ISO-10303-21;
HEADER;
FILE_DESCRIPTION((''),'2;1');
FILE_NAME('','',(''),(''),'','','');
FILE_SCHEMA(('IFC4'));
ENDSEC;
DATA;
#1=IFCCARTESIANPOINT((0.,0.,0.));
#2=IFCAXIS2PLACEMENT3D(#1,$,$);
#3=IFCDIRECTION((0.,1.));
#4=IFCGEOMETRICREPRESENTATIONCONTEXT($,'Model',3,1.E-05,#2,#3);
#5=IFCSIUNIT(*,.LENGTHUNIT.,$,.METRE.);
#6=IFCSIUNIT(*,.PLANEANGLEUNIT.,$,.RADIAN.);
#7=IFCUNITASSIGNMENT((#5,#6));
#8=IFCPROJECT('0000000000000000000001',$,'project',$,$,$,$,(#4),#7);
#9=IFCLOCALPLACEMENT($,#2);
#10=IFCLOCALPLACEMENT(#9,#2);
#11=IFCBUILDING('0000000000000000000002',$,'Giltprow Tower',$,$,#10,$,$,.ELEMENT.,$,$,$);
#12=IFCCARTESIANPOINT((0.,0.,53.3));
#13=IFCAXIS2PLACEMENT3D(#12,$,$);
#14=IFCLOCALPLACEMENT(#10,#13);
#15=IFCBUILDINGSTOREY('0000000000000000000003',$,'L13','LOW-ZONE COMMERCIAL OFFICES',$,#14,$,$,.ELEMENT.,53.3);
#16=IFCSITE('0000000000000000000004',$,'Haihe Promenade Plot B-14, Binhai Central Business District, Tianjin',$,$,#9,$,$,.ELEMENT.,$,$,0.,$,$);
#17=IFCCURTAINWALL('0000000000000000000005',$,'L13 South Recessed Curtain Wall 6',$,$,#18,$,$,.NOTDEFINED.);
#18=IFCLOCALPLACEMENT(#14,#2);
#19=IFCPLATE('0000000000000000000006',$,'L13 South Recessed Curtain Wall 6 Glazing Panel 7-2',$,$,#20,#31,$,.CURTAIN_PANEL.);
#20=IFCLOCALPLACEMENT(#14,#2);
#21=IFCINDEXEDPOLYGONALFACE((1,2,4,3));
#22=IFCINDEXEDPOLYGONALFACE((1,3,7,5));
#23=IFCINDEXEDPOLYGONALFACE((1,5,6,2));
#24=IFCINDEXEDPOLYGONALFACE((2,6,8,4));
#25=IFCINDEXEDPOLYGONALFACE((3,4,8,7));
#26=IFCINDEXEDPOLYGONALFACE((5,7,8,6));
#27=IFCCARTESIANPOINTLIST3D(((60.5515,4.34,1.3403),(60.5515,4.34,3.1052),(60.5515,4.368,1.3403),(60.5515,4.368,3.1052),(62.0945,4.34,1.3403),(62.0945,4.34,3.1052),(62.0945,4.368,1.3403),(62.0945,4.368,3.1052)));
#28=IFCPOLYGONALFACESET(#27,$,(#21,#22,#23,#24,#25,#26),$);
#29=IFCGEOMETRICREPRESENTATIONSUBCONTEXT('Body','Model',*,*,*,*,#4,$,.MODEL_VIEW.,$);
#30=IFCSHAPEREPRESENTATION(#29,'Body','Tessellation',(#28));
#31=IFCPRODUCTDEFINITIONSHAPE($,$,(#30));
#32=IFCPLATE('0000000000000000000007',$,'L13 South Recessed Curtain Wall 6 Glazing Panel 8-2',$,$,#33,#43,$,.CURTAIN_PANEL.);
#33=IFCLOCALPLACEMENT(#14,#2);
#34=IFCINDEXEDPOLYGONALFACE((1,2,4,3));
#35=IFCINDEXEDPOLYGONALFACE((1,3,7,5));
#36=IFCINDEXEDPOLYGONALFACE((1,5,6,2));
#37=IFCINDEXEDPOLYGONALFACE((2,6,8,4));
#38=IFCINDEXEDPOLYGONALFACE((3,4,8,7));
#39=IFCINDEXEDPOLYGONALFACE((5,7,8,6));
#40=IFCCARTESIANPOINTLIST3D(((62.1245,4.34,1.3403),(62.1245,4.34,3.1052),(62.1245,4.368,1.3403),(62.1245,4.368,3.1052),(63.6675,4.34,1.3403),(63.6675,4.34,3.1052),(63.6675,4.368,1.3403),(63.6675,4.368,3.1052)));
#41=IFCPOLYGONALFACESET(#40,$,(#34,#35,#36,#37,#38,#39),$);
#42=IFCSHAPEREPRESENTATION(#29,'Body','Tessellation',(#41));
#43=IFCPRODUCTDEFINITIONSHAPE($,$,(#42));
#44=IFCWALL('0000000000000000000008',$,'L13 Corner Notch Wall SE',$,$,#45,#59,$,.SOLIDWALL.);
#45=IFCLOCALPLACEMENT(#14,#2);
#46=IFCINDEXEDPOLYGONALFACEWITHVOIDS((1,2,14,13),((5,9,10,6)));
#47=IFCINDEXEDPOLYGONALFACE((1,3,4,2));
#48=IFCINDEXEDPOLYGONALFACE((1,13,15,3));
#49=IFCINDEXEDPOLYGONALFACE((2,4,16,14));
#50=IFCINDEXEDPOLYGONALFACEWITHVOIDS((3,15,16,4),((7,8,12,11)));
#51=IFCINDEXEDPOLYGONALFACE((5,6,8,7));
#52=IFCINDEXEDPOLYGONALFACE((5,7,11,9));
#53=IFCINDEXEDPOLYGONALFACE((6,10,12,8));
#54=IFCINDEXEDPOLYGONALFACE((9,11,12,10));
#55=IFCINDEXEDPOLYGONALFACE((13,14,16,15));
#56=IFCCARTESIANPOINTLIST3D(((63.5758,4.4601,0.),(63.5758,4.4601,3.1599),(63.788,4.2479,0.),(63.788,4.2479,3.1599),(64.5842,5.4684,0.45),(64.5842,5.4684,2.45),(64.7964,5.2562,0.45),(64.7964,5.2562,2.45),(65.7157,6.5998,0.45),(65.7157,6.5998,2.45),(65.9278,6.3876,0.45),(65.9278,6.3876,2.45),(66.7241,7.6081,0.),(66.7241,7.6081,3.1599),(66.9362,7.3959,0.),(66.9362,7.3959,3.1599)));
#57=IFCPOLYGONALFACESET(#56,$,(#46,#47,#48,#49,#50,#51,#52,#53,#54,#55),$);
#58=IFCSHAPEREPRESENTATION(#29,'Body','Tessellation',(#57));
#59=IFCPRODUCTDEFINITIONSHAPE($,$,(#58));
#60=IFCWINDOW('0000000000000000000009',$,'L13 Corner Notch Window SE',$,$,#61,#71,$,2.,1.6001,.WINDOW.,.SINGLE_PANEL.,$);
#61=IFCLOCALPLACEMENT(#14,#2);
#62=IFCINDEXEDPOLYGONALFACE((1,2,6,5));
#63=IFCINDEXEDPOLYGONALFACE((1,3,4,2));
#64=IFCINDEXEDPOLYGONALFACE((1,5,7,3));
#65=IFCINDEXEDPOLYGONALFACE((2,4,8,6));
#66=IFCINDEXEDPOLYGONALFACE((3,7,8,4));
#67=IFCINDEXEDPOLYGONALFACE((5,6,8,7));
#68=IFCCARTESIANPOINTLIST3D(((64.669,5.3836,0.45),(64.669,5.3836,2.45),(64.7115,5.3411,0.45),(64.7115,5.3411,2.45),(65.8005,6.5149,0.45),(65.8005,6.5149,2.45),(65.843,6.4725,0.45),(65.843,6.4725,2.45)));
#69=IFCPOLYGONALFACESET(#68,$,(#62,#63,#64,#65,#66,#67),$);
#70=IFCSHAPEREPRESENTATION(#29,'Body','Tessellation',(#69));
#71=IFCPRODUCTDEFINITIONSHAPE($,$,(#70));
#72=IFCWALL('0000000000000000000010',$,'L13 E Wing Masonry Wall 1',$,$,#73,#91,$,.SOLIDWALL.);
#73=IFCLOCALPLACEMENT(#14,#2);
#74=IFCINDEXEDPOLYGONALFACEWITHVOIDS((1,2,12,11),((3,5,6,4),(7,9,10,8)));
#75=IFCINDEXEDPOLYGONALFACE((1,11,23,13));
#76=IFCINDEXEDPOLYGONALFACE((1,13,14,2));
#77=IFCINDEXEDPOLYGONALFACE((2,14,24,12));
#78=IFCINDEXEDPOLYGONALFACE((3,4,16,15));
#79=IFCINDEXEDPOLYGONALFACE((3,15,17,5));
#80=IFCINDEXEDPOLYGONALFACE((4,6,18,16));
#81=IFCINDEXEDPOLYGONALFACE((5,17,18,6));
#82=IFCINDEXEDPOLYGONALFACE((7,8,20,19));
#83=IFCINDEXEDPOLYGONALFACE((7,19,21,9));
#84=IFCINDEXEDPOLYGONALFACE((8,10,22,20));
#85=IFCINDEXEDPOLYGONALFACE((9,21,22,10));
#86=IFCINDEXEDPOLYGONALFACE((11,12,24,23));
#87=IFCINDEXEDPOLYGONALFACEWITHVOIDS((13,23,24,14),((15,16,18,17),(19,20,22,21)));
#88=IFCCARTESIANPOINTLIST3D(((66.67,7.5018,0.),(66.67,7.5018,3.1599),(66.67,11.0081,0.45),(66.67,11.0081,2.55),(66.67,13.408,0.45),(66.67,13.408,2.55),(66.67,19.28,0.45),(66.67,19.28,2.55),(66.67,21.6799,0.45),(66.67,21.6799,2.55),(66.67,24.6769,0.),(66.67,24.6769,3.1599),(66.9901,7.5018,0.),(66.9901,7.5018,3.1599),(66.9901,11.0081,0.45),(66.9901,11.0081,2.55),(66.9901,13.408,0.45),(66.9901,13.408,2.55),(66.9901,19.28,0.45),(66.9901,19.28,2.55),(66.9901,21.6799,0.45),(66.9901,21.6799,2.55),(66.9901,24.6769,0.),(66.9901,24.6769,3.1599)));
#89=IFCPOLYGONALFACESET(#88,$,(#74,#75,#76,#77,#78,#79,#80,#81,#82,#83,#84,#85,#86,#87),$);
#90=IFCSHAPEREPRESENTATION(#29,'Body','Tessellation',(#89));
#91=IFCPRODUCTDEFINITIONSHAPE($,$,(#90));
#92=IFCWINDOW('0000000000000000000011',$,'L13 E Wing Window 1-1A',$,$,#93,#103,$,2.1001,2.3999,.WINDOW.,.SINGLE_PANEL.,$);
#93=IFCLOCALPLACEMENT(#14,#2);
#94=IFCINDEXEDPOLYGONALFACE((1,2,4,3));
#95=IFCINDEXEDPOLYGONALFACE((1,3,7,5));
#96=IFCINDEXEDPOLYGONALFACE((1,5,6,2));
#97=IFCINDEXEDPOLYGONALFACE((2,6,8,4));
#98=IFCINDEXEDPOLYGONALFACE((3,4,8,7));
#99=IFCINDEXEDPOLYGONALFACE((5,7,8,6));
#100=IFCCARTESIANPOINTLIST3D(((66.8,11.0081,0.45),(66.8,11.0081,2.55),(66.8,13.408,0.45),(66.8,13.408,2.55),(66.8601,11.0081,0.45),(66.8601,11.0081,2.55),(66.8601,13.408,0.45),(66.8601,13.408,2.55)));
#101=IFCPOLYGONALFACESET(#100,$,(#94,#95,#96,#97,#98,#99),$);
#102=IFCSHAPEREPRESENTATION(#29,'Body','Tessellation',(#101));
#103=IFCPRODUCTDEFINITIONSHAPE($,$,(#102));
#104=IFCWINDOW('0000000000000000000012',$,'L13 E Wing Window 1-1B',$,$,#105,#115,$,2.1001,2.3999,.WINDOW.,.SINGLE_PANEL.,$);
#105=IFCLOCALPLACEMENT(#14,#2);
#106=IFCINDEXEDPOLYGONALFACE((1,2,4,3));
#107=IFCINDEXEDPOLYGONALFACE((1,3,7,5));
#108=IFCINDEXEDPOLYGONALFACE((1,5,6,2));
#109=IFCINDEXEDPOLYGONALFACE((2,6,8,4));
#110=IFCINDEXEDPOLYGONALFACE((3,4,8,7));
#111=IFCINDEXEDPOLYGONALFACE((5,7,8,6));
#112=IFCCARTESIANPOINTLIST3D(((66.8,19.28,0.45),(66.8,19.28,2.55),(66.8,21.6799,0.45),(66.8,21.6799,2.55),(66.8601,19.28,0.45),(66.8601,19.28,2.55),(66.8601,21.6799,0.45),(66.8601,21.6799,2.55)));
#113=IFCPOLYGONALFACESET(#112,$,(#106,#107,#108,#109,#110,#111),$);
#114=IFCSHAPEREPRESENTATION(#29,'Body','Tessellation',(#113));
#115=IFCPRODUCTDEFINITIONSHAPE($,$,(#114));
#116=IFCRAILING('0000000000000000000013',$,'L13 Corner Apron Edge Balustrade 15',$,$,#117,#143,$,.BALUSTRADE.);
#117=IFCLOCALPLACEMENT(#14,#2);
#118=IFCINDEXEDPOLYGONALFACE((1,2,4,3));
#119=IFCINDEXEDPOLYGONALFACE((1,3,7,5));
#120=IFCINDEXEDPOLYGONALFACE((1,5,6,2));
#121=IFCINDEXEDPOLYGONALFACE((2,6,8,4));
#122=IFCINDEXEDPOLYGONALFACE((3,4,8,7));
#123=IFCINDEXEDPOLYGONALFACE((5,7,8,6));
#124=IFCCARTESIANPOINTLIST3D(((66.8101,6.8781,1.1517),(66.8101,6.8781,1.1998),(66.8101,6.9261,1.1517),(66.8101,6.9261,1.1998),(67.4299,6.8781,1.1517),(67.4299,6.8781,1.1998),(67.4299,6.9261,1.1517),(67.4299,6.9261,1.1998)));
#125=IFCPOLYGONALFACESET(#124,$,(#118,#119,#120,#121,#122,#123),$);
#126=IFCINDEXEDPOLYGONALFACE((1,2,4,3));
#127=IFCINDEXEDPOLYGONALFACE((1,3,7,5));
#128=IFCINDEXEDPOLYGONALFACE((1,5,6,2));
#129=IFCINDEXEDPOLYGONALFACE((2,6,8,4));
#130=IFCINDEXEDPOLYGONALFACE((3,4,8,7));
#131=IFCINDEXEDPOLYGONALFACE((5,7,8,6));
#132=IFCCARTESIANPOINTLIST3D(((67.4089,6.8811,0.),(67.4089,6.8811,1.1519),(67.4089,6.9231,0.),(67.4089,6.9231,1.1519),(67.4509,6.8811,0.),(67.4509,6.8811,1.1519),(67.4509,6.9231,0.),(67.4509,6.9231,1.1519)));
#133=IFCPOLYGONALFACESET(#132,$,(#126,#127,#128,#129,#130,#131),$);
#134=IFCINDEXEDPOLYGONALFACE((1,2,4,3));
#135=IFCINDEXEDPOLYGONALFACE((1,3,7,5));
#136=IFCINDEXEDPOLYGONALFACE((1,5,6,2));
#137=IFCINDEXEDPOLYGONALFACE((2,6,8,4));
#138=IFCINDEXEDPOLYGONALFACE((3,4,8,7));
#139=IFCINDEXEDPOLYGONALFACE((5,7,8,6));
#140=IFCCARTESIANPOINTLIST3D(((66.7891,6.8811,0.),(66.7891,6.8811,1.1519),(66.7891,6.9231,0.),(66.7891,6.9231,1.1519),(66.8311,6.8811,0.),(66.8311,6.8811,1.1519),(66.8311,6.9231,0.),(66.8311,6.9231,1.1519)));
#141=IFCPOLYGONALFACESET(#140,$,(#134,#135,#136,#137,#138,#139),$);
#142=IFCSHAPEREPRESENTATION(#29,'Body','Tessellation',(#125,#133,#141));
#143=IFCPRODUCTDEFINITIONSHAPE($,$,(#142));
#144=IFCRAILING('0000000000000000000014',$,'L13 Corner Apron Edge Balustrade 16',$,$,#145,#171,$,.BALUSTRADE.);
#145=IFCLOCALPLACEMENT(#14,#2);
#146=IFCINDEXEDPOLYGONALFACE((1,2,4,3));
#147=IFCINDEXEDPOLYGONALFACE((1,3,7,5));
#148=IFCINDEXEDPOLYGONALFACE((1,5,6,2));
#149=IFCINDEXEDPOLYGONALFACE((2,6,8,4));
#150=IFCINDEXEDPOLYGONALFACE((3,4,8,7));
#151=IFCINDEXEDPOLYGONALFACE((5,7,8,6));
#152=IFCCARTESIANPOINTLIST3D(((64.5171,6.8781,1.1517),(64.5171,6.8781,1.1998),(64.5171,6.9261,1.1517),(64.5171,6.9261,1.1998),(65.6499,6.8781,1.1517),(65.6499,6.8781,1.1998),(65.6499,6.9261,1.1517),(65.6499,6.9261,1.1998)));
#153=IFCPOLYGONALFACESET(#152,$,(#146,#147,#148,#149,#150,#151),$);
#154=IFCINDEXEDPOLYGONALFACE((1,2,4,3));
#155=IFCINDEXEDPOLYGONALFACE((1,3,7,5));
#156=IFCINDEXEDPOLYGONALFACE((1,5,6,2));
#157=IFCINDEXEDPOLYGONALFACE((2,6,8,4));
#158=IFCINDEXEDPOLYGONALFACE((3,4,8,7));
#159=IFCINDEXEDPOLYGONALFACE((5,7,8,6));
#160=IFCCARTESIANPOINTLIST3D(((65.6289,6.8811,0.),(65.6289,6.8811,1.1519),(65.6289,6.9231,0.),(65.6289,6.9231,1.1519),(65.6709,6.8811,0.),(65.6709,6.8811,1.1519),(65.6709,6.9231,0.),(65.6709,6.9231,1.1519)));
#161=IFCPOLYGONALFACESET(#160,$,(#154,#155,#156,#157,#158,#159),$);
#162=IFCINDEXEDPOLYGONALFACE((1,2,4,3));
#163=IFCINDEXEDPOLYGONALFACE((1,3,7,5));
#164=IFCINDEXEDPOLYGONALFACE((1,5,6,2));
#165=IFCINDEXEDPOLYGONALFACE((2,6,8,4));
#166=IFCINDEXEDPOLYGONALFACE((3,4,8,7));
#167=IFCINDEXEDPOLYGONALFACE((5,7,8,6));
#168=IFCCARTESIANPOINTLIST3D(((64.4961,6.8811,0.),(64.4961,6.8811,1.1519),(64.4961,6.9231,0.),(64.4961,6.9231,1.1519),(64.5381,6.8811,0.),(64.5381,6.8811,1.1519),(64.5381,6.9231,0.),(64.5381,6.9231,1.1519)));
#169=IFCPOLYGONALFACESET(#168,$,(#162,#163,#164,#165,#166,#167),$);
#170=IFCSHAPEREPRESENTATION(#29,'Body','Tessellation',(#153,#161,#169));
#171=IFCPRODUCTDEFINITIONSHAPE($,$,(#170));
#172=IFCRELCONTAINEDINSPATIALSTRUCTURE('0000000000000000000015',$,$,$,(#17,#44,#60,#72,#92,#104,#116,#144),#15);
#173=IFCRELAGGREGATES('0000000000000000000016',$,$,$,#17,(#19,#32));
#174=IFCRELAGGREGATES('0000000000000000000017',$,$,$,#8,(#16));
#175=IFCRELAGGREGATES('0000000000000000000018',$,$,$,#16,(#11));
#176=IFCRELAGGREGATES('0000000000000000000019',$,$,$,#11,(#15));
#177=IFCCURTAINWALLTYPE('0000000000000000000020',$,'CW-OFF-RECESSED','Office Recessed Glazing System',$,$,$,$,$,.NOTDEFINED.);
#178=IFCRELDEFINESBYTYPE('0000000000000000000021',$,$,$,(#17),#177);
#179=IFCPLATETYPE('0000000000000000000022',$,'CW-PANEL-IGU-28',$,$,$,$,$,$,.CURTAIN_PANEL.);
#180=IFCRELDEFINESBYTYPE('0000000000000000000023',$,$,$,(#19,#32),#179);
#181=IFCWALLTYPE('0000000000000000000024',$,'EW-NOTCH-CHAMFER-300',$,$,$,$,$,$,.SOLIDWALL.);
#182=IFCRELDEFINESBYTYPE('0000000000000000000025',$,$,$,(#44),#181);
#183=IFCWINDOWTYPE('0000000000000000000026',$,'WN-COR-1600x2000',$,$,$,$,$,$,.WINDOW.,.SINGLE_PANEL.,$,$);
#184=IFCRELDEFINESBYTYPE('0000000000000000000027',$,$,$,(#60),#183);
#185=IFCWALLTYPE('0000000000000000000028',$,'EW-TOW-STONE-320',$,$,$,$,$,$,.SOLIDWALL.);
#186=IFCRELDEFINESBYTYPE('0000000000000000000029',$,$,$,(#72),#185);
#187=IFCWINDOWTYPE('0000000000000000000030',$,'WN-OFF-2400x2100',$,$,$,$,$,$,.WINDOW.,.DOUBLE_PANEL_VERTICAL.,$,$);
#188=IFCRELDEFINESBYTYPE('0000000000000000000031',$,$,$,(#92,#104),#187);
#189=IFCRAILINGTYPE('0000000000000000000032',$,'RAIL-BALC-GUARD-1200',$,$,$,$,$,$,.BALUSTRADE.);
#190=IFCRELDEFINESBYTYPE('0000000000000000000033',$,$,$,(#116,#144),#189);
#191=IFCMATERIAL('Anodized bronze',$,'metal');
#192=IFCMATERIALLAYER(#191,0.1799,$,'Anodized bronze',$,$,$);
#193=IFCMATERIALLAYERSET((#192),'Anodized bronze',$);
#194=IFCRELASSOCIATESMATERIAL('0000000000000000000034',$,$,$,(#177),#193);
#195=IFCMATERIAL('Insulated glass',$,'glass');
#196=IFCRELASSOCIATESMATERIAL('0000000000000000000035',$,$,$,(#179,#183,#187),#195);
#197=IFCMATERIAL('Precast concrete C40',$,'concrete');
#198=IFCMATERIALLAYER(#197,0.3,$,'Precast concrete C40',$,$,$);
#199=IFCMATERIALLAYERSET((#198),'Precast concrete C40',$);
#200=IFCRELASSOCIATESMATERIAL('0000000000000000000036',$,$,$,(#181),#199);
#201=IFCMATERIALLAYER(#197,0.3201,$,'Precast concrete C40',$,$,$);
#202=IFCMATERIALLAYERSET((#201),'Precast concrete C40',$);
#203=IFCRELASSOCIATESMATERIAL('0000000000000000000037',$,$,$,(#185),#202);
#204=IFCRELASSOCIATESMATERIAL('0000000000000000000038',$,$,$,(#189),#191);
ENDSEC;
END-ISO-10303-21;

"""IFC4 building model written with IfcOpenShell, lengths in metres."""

from ifc_helpers import new_model, si_unit, direction, frame, frame_2d, origin, origin_2d, place, context, subcontext, project, spatial, rectangle, extrude, source, transform, mapped, material, layer, layer_set, type_object, element, fill, aggregate, save


model = new_model("IFC4")

# Units and contexts
model_context = context("Model", 3, precision=1e-05, world=origin(), true_north=direction((0.0, 1.0)))
body_context = subcontext(model_context, "Body", "Model", "MODEL_VIEW")
ifc_project = project(units=[si_unit("LENGTHUNIT", "METRE"), si_unit("PLANEANGLEUNIT", "RADIAN")], contexts=[model_context])

# Site, building, storey
site_placement = place(None, origin())
site = spatial("IfcSite", under=ifc_project, at=site_placement, Name="Haihe Promenade Plot B-14, Binhai Central Business District, Tianjin", CompositionType="ELEMENT", RefElevation=0.0)
building_placement = place(site_placement, origin())
building = spatial("IfcBuilding", under=site, at=building_placement, Name="Giltprow Tower", CompositionType="ELEMENT")
storey_placement = place(building_placement, frame((0.0, 0.0, 53.3)))
storey = spatial("IfcBuildingStorey", under=building, at=storey_placement, Name="L13", Description="LOW-ZONE COMMERCIAL OFFICES", CompositionType="ELEMENT", Elevation=53.3)

# Curtain wall, plates
ifc_material_1 = material(Name="Anodized bronze", Category="metal")
ifc_layer_1 = layer(ifc_material_1, 0.1799, Name="Anodized bronze")
ifc_layer_set_1 = layer_set([ifc_layer_1], Name="Anodized bronze")
curtain_wall_type = type_object("IfcCurtainWallType", Name="CW-OFF-RECESSED", Description="Office Recessed Glazing System", PredefinedType="NOTDEFINED", material=ifc_layer_set_1)
curtain_wall_placement = place(storey_placement, origin())
curtain_wall = element("IfcCurtainWall", 1, at=curtain_wall_placement, inside=storey, type_object=curtain_wall_type, Name="L13 South Recessed Curtain Wall 6", PredefinedType="NOTDEFINED")
ifc_material_2 = material(Name="Insulated glass", Category="glass")
plate_type = type_object("IfcPlateType", Name="CW-PANEL-IGU-28", PredefinedType="CURTAIN_PANEL", material=ifc_material_2)
shared_shape_1 = source(origin(), body_context, "Body", "SweptSolid", [
    extrude(rectangle(XDim=1.543, YDim=0.0281, at=origin_2d()), origin(), (0.0, 0.0, 1.0), 1.7649),
])
plate_1_placement = place(storey_placement, frame((61.323, 4.354, 1.3403), z_axis=(0.0, 0.0, 1.0), x_axis=(1.0, 0.0, 0.0)))
plate_1 = element("IfcPlate", 2, at=plate_1_placement, type_object=plate_type, Name="L13 South Recessed Curtain Wall 6 Glazing Panel 7-2", PredefinedType="CURTAIN_PANEL", context=body_context, shape_type="MappedRepresentation", body=[
    mapped(shared_shape_1, transform((0.0, 0.0, 0.0), x_axis=(1.0, 0.0, 0.0), y_axis=(0.0, 1.0, 0.0), z_axis=(0.0, 0.0, 1.0), scale=1.0)),
])
plate_2_placement = place(storey_placement, frame((62.896, 4.354, 1.3403), z_axis=(0.0, 0.0, 1.0), x_axis=(1.0, 0.0, 0.0)))
plate_2 = element("IfcPlate", 3, at=plate_2_placement, type_object=plate_type, Name="L13 South Recessed Curtain Wall 6 Glazing Panel 8-2", PredefinedType="CURTAIN_PANEL", context=body_context, shape_type="MappedRepresentation", body=[
    mapped(shared_shape_1, transform((0.0, 0.0, 0.0), x_axis=(1.0, 0.0, 0.0), y_axis=(0.0, 1.0, 0.0), z_axis=(0.0, 0.0, 1.0), scale=1.0)),
])
aggregate(curtain_wall, [plate_1, plate_2])

# Wall, opening, window
ifc_material_3 = material(Name="Precast concrete C40", Category="concrete")
ifc_layer_2 = layer(ifc_material_3, 0.3, Name="Precast concrete C40")
ifc_layer_set_2 = layer_set([ifc_layer_2], Name="Precast concrete C40")
wall_type_1 = type_object("IfcWallType", Name="EW-NOTCH-CHAMFER-300", PredefinedType="SOLIDWALL", material=ifc_layer_set_2)
wall_1_placement = place(storey_placement, frame((63.6819, 4.354, 0.0), z_axis=(0.0, 0.0, 1.0), x_axis=(0.707134, 0.707079, 0.0)))
wall_1 = element("IfcWall", 4, at=wall_1_placement, inside=storey, type_object=wall_type_1, Name="L13 Corner Notch Wall SE", PredefinedType="SOLIDWALL", context=body_context, shape_type="SweptSolid", body=[
    extrude(rectangle(XDim=4.4521, YDim=0.3, at=frame_2d((2.2261, 0.0))), origin(), (0.0, 0.0, 1.0), 3.1599),
])
opening_1_placement = place(wall_1_placement, frame((1.426, 0.0, 0.45)))
opening_1 = element("IfcOpeningElement", 5, at=opening_1_placement, cuts=wall_1, PredefinedType="OPENING", context=body_context, shape_type="SweptSolid", body=[
    extrude(rectangle(XDim=1.6001, YDim=2.0, at=frame_2d((0.8, 1.0))), frame((0.0, 0.1599, 0.0), z_axis=(0.0, -1.0, 0.0), x_axis=(1.0, 0.0, 0.0)), (0.0, 0.0, 1.0), 0.3201),
])
window_type_1 = type_object("IfcWindowType", Name="WN-COR-1600x2000", PartitioningType="SINGLE_PANEL", PredefinedType="WINDOW", material=ifc_material_2)
shared_shape_2 = source(origin(), body_context, "Body", "SweptSolid", [
    extrude(rectangle(XDim=1.6001, YDim=2.0, at=frame_2d((0.8, 1.0))), frame((0.0, 0.03, 0.0), z_axis=(0.0, -1.0, 0.0), x_axis=(1.0, 0.0, 0.0)), (0.0, 0.0, 1.0), 0.0601),
])
window_1_placement = place(opening_1_placement, origin())
window_1 = element("IfcWindow", 6, at=window_1_placement, inside=storey, type_object=window_type_1, Name="L13 Corner Notch Window SE", OverallHeight=2.0, OverallWidth=1.6001, PartitioningType="SINGLE_PANEL", PredefinedType="WINDOW", context=body_context, shape_type="MappedRepresentation", body=[
    mapped(shared_shape_2, transform((0.0, 0.0, 0.0), x_axis=(1.0, 0.0, 0.0), y_axis=(0.0, 1.0, 0.0), z_axis=(0.0, 0.0, 1.0), scale=1.0)),
])
fill(opening_1, window_1)

# Wall, openings, windows
ifc_layer_3 = layer(ifc_material_3, 0.3201, Name="Precast concrete C40")
ifc_layer_set_3 = layer_set([ifc_layer_3], Name="Precast concrete C40")
wall_type_2 = type_object("IfcWallType", Name="EW-TOW-STONE-320", PredefinedType="SOLIDWALL", material=ifc_layer_set_3)
wall_2_placement = place(storey_placement, frame((66.8301, 7.502, 0.0), z_axis=(0.0, 0.0, 1.0), x_axis=(0.0, 1.0, 0.0)))
wall_2 = element("IfcWall", 7, at=wall_2_placement, inside=storey, type_object=wall_type_2, Name="L13 E Wing Masonry Wall 1", PredefinedType="SOLIDWALL", context=body_context, shape_type="SweptSolid", body=[
    extrude(rectangle(XDim=17.175, YDim=0.3201, at=frame_2d((8.5874, 0.0))), origin(), (0.0, 0.0, 1.0), 3.1599),
])
opening_2_placement = place(wall_2_placement, frame((3.5061, 0.0, 0.45)))
opening_2 = element("IfcOpeningElement", 8, at=opening_2_placement, cuts=wall_2, PredefinedType="OPENING", context=body_context, shape_type="SweptSolid", body=[
    extrude(rectangle(XDim=2.3999, YDim=2.1001, at=frame_2d((1.2, 1.05))), frame((0.0, 0.1699, 0.0), z_axis=(0.0, -1.0, 0.0), x_axis=(1.0, 0.0, 0.0)), (0.0, 0.0, 1.0), 0.3401),
])
opening_3_placement = place(wall_2_placement, frame((11.7781, 0.0, 0.45)))
opening_3 = element("IfcOpeningElement", 9, at=opening_3_placement, cuts=wall_2, PredefinedType="OPENING", context=body_context, shape_type="SweptSolid", body=[
    extrude(rectangle(XDim=2.3999, YDim=2.1001, at=frame_2d((1.2, 1.05))), frame((0.0, 0.1699, 0.0), z_axis=(0.0, -1.0, 0.0), x_axis=(1.0, 0.0, 0.0)), (0.0, 0.0, 1.0), 0.3401),
])
window_type_2 = type_object("IfcWindowType", Name="WN-OFF-2400x2100", PartitioningType="DOUBLE_PANEL_VERTICAL", PredefinedType="WINDOW", material=ifc_material_2)
shared_shape_3 = source(origin(), body_context, "Body", "SweptSolid", [
    extrude(rectangle(XDim=2.3999, YDim=2.1001, at=frame_2d((1.2, 1.05))), frame((0.0, 0.03, 0.0), z_axis=(0.0, -1.0, 0.0), x_axis=(1.0, 0.0, 0.0)), (0.0, 0.0, 1.0), 0.0601),
])
window_2_placement = place(opening_2_placement, origin())
window_2 = element("IfcWindow", 10, at=window_2_placement, inside=storey, type_object=window_type_2, Name="L13 E Wing Window 1-1A", OverallHeight=2.1001, OverallWidth=2.3999, PartitioningType="SINGLE_PANEL", PredefinedType="WINDOW", context=body_context, shape_type="MappedRepresentation", body=[
    mapped(shared_shape_3, transform((0.0, 0.0, 0.0), x_axis=(1.0, 0.0, 0.0), y_axis=(0.0, 1.0, 0.0), z_axis=(0.0, 0.0, 1.0), scale=1.0)),
])
fill(opening_2, window_2)
window_3_placement = place(opening_3_placement, origin())
window_3 = element("IfcWindow", 11, at=window_3_placement, inside=storey, type_object=window_type_2, Name="L13 E Wing Window 1-1B", OverallHeight=2.1001, OverallWidth=2.3999, PartitioningType="SINGLE_PANEL", PredefinedType="WINDOW", context=body_context, shape_type="MappedRepresentation", body=[
    mapped(shared_shape_3, transform((0.0, 0.0, 0.0), x_axis=(1.0, 0.0, 0.0), y_axis=(0.0, 1.0, 0.0), z_axis=(0.0, 0.0, 1.0), scale=1.0)),
])
fill(opening_3, window_3)

# Railings
railing_type = type_object("IfcRailingType", Name="RAIL-BALC-GUARD-1200", PredefinedType="BALUSTRADE", material=ifc_material_1)
railing_1_placement = place(storey_placement, frame((67.4299, 6.9021, 0.0)))
element("IfcRailing", 12, at=railing_1_placement, inside=storey, type_object=railing_type, Name="L13 Corner Apron Edge Balustrade 15", PredefinedType="BALUSTRADE", context=body_context, shape_type="SweptSolid", body=[
    extrude(rectangle(XDim=0.0481, YDim=0.0481, at=origin_2d()), frame((0.0, 0.0, 1.1758), z_axis=(-1.0, 0.0, 0.0), x_axis=(0.0, -1.0, 0.0)), (0.0, 0.0, 1.0), 0.6199),
    extrude(rectangle(XDim=0.042, YDim=0.042, at=origin_2d()), origin(), (0.0, 0.0, 1.0), 1.1519),
    extrude(rectangle(XDim=0.042, YDim=0.042, at=origin_2d()), frame((-0.6199, 0.0, 0.0)), (0.0, 0.0, 1.0), 1.1519),
])
railing_2_placement = place(storey_placement, frame((65.6499, 6.9021, 0.0)))
element("IfcRailing", 13, at=railing_2_placement, inside=storey, type_object=railing_type, Name="L13 Corner Apron Edge Balustrade 16", PredefinedType="BALUSTRADE", context=body_context, shape_type="SweptSolid", body=[
    extrude(rectangle(XDim=0.0481, YDim=0.0481, at=origin_2d()), frame((0.0, 0.0, 1.1758), z_axis=(-1.0, 0.0, 0.0), x_axis=(0.0, -1.0, 0.0)), (0.0, 0.0, 1.0), 1.1328),
    extrude(rectangle(XDim=0.042, YDim=0.042, at=origin_2d()), origin(), (0.0, 0.0, 1.0), 1.1519),
    extrude(rectangle(XDim=0.042, YDim=0.042, at=origin_2d()), frame((-1.1328, 0.0, 0.0)), (0.0, 0.0, 1.0), 1.1519),
])

save(model, "model.ifc")
